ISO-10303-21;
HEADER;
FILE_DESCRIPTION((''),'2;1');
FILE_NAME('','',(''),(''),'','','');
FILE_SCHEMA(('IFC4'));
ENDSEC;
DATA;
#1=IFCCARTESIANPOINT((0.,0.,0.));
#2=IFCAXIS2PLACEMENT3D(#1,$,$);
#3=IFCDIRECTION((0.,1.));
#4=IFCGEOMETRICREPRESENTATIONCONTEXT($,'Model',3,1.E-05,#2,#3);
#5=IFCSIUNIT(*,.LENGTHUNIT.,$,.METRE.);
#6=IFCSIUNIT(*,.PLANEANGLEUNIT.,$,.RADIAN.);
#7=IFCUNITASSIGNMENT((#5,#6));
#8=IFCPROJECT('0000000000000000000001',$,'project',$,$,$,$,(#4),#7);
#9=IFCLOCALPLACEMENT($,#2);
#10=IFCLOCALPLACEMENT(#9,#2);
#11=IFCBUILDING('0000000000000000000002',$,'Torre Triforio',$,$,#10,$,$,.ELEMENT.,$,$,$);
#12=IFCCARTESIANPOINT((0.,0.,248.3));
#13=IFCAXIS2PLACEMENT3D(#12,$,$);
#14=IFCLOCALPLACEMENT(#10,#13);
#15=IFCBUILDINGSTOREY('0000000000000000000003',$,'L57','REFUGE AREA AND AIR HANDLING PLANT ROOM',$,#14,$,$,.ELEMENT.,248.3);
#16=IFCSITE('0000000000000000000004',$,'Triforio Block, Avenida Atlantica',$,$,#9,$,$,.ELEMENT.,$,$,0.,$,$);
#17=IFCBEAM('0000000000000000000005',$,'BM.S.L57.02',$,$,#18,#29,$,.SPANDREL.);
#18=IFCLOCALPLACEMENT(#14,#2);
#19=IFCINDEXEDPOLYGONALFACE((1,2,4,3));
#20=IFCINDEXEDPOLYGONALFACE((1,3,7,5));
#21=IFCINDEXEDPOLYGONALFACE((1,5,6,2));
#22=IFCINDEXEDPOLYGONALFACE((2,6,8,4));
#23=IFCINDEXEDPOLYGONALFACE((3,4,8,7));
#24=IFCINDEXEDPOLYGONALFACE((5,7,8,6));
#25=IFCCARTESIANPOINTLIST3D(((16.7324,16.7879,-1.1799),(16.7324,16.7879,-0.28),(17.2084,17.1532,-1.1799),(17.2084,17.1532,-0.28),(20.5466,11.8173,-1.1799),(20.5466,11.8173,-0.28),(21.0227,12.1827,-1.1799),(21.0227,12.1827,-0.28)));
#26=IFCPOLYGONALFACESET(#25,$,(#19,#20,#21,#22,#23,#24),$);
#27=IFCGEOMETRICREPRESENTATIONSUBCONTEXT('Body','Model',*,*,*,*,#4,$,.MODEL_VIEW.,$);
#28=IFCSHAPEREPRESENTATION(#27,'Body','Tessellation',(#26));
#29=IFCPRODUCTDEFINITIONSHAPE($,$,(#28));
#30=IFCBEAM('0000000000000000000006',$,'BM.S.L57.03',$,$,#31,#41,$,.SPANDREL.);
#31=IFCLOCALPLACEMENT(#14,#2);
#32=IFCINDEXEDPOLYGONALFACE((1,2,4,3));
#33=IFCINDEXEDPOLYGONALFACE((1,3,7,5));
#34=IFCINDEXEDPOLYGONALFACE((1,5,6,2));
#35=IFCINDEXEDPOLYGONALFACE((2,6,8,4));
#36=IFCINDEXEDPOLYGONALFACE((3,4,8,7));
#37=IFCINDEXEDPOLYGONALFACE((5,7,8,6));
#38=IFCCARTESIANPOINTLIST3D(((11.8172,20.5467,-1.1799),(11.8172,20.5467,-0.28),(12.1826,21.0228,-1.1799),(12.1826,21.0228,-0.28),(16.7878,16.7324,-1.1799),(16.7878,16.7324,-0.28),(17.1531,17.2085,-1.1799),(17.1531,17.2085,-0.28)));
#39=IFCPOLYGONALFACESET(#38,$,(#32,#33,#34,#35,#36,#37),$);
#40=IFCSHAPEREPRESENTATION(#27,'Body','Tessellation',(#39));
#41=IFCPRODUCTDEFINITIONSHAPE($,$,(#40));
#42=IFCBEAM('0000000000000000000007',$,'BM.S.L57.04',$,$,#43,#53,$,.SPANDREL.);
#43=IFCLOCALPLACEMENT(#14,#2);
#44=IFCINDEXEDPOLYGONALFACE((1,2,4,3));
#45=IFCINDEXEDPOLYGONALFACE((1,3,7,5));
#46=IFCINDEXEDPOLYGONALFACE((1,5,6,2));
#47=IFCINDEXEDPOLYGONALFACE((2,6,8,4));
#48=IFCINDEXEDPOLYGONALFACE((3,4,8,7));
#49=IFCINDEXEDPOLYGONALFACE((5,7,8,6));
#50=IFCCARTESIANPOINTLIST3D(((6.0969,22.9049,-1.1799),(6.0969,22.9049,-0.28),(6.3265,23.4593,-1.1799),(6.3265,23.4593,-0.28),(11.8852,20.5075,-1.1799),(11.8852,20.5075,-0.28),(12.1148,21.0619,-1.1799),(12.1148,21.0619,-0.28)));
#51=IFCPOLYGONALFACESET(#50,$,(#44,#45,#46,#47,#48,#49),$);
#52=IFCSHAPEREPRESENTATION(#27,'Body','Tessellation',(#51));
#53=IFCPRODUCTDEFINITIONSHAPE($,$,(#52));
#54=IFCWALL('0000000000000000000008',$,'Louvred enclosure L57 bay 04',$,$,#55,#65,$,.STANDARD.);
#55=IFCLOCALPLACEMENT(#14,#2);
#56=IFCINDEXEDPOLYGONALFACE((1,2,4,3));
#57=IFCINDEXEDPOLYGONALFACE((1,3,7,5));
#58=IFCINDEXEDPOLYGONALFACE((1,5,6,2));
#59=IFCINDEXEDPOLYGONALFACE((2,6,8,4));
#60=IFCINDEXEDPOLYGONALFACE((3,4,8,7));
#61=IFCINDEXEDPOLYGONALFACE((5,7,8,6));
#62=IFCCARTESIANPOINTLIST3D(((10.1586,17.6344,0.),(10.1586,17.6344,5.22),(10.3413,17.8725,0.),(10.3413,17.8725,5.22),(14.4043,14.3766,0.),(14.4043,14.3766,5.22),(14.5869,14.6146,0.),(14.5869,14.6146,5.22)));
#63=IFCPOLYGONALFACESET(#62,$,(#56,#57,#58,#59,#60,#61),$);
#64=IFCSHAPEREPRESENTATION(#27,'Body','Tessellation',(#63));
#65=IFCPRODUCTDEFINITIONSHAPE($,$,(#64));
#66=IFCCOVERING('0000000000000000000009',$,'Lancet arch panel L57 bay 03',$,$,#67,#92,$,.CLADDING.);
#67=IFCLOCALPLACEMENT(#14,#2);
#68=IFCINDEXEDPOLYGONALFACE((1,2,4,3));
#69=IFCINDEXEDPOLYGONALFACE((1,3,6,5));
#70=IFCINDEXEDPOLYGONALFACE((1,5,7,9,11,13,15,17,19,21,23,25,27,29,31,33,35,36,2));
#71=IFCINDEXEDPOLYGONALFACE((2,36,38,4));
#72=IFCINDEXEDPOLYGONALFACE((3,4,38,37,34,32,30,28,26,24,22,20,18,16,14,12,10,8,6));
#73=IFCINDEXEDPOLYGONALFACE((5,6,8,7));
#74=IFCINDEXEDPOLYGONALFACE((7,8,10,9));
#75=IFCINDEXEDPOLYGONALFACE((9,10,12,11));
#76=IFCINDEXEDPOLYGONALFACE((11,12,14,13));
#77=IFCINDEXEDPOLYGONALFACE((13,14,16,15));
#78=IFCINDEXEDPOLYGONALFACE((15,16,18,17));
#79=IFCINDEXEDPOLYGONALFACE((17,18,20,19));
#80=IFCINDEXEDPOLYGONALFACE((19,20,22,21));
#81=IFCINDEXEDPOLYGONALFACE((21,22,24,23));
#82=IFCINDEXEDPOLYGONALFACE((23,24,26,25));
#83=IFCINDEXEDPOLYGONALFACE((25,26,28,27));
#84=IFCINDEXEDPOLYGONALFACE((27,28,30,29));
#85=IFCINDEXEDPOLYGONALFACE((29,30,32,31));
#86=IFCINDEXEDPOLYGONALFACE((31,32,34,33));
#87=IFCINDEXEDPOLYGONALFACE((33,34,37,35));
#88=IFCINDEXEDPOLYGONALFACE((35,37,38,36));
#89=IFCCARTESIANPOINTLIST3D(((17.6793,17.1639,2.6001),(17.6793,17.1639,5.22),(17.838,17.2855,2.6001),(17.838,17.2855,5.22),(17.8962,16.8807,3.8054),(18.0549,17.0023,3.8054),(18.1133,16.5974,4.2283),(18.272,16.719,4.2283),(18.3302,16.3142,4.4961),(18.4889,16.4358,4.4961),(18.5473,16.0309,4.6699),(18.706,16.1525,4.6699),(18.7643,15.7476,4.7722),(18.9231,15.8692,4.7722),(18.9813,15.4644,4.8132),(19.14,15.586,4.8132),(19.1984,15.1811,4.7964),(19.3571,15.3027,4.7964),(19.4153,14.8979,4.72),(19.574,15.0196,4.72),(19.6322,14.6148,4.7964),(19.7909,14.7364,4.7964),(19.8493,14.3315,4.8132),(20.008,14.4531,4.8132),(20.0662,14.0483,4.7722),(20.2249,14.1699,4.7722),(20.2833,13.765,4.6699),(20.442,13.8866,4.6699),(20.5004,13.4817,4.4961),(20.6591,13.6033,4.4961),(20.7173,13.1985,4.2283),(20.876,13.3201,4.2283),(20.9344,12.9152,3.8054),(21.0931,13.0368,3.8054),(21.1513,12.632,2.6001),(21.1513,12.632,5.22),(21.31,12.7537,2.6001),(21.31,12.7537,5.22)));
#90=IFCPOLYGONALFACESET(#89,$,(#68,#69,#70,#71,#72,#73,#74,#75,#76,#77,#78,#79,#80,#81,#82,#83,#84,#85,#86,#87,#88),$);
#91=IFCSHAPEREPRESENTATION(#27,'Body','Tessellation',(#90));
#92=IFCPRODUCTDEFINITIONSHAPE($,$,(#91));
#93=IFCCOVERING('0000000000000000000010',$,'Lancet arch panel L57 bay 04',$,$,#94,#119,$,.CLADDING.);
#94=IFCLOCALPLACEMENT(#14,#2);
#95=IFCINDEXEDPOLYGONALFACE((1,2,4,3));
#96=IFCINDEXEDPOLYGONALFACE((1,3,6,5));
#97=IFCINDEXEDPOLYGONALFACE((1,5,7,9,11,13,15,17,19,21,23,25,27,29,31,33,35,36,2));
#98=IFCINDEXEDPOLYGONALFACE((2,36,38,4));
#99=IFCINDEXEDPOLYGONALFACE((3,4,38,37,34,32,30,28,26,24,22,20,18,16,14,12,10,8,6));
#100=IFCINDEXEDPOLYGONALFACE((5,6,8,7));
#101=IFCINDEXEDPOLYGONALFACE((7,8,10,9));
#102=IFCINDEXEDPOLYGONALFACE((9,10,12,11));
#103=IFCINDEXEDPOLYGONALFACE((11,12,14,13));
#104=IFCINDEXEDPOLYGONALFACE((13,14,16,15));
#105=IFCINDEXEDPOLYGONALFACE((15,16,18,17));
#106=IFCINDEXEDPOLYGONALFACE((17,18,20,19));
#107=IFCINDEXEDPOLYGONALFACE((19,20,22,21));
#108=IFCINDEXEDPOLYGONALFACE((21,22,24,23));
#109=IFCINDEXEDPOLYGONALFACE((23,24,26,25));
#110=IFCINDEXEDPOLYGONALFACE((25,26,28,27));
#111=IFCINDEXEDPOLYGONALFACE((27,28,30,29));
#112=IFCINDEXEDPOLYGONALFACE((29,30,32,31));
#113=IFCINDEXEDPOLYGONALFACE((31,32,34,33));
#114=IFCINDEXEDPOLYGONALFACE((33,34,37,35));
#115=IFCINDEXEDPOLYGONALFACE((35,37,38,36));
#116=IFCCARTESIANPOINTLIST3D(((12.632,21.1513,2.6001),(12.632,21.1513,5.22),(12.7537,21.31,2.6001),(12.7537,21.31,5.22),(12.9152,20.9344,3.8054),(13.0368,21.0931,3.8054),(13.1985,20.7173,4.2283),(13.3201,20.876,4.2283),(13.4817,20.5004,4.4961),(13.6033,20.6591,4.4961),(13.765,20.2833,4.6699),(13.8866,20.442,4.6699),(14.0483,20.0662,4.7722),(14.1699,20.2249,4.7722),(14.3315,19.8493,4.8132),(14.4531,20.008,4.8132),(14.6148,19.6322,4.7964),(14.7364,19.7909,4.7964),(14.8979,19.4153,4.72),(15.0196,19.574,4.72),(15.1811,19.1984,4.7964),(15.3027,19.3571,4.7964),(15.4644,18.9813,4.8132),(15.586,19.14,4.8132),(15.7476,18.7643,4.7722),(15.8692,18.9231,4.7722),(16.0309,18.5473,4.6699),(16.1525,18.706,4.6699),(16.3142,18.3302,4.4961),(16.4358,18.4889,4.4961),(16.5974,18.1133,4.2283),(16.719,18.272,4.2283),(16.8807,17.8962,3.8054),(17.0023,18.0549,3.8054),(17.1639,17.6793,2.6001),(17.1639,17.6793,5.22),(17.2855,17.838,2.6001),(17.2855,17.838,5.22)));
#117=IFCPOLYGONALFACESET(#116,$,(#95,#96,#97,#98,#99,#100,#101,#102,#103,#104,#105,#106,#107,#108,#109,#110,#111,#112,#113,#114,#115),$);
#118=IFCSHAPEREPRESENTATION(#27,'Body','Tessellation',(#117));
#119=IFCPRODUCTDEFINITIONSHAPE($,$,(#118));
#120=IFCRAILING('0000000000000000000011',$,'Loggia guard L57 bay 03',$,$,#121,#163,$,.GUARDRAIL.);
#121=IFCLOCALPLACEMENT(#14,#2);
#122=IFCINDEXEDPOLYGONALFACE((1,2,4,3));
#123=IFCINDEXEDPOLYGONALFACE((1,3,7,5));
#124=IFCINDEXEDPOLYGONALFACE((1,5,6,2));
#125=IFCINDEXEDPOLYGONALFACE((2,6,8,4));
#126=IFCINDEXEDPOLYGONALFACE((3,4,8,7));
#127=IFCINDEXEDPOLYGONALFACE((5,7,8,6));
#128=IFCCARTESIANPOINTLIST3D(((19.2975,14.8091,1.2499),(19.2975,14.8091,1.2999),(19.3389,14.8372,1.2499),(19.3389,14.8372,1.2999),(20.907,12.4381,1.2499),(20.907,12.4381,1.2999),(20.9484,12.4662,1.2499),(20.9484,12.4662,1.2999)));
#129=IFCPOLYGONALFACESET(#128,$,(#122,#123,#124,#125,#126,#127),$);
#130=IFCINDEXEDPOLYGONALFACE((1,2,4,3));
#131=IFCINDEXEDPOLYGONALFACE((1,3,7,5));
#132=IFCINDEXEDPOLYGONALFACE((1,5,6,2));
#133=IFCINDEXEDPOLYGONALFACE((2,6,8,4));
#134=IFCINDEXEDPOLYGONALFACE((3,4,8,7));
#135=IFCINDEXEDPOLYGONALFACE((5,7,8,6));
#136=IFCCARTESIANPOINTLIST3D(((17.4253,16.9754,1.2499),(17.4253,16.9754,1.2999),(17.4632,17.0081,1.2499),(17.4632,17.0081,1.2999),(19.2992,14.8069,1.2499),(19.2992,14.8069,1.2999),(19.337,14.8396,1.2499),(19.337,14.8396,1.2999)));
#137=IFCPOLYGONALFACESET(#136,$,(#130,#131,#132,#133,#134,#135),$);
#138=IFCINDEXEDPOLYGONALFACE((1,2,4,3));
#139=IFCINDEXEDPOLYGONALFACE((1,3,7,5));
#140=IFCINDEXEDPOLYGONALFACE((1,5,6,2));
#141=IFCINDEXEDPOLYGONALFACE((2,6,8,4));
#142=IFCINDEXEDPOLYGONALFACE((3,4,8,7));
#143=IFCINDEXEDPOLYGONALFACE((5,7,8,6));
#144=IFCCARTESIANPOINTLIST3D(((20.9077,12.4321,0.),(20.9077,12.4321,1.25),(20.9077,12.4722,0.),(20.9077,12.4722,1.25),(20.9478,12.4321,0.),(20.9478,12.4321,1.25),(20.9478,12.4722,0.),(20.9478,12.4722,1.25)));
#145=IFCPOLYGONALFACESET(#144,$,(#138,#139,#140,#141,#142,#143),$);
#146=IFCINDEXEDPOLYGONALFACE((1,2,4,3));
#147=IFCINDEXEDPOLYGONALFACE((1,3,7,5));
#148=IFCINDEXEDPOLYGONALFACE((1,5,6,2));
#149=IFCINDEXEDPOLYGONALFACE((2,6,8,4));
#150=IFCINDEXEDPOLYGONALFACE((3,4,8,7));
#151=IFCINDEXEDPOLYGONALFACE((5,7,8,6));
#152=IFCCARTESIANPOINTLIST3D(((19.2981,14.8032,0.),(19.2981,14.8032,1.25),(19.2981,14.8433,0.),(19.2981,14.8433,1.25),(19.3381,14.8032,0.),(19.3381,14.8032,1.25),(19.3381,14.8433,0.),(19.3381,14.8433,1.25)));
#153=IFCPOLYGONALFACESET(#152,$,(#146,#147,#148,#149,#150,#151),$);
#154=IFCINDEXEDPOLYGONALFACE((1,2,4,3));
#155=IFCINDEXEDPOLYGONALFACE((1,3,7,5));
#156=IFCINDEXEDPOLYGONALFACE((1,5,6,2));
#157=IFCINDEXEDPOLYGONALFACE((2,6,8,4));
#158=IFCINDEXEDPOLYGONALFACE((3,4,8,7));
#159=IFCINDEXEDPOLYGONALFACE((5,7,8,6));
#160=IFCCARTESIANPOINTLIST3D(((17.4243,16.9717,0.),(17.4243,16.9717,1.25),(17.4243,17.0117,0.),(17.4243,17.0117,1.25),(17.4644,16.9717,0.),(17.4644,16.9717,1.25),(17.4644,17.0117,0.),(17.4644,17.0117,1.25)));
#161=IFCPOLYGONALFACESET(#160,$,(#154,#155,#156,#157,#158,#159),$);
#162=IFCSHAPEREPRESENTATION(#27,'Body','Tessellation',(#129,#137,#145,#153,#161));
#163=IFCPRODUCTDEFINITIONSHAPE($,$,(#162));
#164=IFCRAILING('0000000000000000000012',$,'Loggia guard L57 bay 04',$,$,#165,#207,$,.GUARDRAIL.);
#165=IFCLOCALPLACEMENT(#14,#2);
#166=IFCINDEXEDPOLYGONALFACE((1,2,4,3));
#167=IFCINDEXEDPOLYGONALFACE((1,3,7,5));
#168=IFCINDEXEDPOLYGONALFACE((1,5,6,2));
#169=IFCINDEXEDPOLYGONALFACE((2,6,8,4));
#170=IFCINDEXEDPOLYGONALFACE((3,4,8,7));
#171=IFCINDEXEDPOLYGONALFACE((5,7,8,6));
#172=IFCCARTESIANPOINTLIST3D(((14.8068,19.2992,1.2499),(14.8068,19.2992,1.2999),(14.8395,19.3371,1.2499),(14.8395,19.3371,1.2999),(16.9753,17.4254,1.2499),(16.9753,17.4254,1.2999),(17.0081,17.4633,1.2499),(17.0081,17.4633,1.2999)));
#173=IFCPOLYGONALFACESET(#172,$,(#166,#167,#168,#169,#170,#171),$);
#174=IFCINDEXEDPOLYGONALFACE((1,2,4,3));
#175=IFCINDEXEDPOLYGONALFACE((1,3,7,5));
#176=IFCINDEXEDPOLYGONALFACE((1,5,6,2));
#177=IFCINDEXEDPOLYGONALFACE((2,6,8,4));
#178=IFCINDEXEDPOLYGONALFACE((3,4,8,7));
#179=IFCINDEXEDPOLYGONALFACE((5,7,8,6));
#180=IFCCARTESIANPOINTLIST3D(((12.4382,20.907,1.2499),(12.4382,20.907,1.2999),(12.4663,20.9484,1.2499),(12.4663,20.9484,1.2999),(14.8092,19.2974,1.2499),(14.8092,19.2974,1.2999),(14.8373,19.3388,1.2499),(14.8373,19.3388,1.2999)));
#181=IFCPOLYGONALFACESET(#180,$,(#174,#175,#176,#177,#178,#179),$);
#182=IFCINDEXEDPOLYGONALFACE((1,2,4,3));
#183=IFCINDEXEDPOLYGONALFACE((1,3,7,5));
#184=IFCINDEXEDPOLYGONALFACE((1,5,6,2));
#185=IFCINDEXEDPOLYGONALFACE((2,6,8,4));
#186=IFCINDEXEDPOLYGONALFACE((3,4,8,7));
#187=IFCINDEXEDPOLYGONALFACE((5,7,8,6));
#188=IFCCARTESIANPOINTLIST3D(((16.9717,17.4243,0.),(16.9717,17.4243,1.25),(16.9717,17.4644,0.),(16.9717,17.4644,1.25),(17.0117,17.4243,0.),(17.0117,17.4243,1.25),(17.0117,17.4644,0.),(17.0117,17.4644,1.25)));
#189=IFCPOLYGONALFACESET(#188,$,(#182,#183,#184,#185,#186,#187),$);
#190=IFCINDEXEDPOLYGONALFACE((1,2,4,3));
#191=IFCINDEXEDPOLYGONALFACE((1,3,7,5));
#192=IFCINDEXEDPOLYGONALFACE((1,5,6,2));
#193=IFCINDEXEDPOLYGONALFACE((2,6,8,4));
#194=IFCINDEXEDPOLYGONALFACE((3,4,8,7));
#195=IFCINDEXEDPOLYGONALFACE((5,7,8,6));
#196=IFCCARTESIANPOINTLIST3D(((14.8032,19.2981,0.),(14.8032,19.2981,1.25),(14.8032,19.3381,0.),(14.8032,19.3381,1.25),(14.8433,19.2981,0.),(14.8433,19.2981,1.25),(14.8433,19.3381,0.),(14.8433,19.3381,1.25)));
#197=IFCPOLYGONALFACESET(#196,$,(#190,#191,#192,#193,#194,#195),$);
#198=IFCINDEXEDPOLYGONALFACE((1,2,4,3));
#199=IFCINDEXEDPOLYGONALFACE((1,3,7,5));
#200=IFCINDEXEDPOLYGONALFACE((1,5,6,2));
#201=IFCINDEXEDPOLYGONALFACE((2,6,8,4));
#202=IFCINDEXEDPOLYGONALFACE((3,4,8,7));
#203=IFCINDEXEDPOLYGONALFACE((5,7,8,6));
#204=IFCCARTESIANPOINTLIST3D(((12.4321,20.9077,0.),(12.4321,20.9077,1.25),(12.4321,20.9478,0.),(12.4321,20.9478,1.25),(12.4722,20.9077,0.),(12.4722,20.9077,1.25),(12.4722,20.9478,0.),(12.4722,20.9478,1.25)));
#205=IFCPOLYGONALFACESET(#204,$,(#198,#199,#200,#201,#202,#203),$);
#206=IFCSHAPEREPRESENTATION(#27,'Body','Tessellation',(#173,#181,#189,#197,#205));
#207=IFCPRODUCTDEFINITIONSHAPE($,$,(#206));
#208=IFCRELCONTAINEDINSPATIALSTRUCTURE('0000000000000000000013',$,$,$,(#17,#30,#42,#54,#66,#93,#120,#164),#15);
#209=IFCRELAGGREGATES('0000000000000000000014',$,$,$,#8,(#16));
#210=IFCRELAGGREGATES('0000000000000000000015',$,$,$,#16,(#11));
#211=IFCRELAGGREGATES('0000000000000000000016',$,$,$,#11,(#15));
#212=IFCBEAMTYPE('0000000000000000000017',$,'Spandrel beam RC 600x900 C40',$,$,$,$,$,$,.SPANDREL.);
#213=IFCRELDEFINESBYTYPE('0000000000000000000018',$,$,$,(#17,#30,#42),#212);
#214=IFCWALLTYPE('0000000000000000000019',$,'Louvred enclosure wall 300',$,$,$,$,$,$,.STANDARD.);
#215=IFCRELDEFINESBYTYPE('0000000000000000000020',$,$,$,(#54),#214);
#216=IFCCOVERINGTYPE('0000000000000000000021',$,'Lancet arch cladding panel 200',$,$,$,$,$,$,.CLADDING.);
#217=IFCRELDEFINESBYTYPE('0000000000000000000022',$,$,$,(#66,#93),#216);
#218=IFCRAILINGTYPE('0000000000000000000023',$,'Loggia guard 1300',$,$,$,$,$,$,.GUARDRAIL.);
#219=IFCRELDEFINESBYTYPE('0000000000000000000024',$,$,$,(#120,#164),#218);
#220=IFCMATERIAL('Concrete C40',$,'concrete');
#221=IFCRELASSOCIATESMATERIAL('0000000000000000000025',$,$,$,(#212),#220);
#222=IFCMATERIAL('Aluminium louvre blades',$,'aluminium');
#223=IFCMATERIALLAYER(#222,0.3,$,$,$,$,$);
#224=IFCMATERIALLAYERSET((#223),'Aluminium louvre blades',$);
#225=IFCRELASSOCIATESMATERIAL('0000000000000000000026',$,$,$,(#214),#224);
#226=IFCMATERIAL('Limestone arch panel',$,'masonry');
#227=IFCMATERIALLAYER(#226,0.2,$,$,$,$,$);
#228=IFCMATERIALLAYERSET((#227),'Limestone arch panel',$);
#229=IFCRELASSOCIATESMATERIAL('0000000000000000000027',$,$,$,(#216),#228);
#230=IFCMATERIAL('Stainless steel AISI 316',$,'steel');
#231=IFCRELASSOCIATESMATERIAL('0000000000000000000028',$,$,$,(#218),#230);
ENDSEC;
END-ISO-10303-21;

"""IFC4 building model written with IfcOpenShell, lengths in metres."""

from ifc_helpers import new_model, si_unit, direction, frame, frame_2d, origin, origin_2d, place, context, subcontext, project, spatial, polyline, rectangle, outline, extrude, material, layer, layer_set, material_profile, profile_set, type_object, element, save


model = new_model("IFC4")

# Units and contexts
model_context = context("Model", 3, precision=1e-05, world=origin(), true_north=direction((0.0, 1.0)))
body_context = subcontext(model_context, "Body", "Model", "MODEL_VIEW")
ifc_project = project(units=[si_unit("LENGTHUNIT", "METRE"), si_unit("PLANEANGLEUNIT", "RADIAN")], contexts=[model_context])

# Site, building, storey
site_placement = place(None, origin())
site = spatial("IfcSite", under=ifc_project, at=site_placement, Name="Triforio Block, Avenida Atlantica", CompositionType="ELEMENT", RefElevation=0.0)
building_placement = place(site_placement, origin())
building = spatial("IfcBuilding", under=site, at=building_placement, Name="Torre Triforio", CompositionType="ELEMENT")
storey_placement = place(building_placement, frame((0.0, 0.0, 248.3)))
storey = spatial("IfcBuildingStorey", under=building, at=storey_placement, Name="L57", Description="REFUGE AREA AND AIR HANDLING PLANT ROOM", CompositionType="ELEMENT", Elevation=248.3)

# Beams
ifc_material_1 = material(Name="Concrete C40", Category="concrete")
ifc_material_profile_1 = material_profile(ifc_material_1, rectangle(XDim=0.6001, YDim=0.8999, at=origin_2d()), Name="RC 600x900")
ifc_profile_set_1 = profile_set([ifc_material_profile_1], Name="Concrete C40")
beam_type = type_object("IfcBeamType", Name="Spandrel beam RC 600x900 C40", PredefinedType="SPANDREL", material=ifc_profile_set_1)
for number, where, z_axis, x_axis, name in (
    (1, (20.7847, 12.0, -0.73), (-0.608786, 0.793335, 0.0), (-0.793335, -0.608786, 0.0), "BM.S.L57.02"),
    (2, (16.9705, 16.9705, -0.73), (-0.793335, 0.608786, 0.0), (-0.608786, -0.793335, 0.0), "BM.S.L57.03"),
):
    element("IfcBeam", number, at=place(storey_placement, frame(where, z_axis=z_axis, x_axis=x_axis)), inside=storey, type_object=beam_type, Name=name, PredefinedType="SPANDREL", context=body_context, shape_type="SweptSolid", body=[
        extrude(rectangle(XDim=0.6001, YDim=0.8999, at=origin_2d()), origin(), (0.0, 0.0, 1.0), 6.2654),
    ])
beam_placement = place(storey_placement, frame((12.0, 20.7847, -0.73), z_axis=(-0.923888, 0.382664, 0.0), x_axis=(-0.382664, -0.923888, 0.0)))
element("IfcBeam", 3, at=beam_placement, inside=storey, type_object=beam_type, Name="BM.S.L57.04", PredefinedType="SPANDREL", context=body_context, shape_type="SweptSolid", body=[
    extrude(rectangle(XDim=0.6001, YDim=0.8999, at=origin_2d()), origin(), (0.0, 0.0, 1.0), 6.2651),
])

# Wall
ifc_material_2 = material(Name="Aluminium louvre blades", Category="aluminium")
ifc_layer_1 = layer(ifc_material_2, 0.3)
ifc_layer_set_1 = layer_set([ifc_layer_1], Name="Aluminium louvre blades")
wall_type = type_object("IfcWallType", Name="Louvred enclosure wall 300", PredefinedType="STANDARD", material=ifc_layer_set_1)
wall_placement = place(storey_placement, frame((14.4956, 14.4956, 0.0), z_axis=(0.0, 0.0, 1.0), x_axis=(-0.793349, 0.608767, 0.0)))
element("IfcWall", 4, at=wall_placement, inside=storey, type_object=wall_type, Name="Louvred enclosure L57 bay 04", PredefinedType="STANDARD", context=body_context, shape_type="SweptSolid", body=[
    extrude(rectangle(XDim=5.3516, YDim=0.3, at=frame_2d((2.6758, 0.0))), origin(), (0.0, 0.0, 1.0), 5.22),
])

# Coverings
ifc_material_3 = material(Name="Limestone arch panel", Category="masonry")
ifc_layer_2 = layer(ifc_material_3, 0.2)
ifc_layer_set_2 = layer_set([ifc_layer_2], Name="Limestone arch panel")
covering_type_1 = type_object("IfcCoveringType", Name="Lancet arch cladding panel 200", PredefinedType="CLADDING", material=ifc_layer_set_2)
for number, where, z_axis, x_axis, name in (
    (5, (19.4153, 14.8979, 0.0), (0.793803, 0.608175, 0.0), (-0.608175, 0.793803, 0.0), "Lancet arch panel L57 bay 03"),
    (6, (14.8979, 19.4153, 0.0), (0.608175, 0.793803, 0.0), (-0.793803, 0.608175, 0.0), "Lancet arch panel L57 bay 04"),
):
    element("IfcCovering", number, at=place(storey_placement, frame(where, z_axis=z_axis, x_axis=x_axis)), inside=storey, type_object=covering_type_1, Name=name, PredefinedType="CLADDING", context=body_context, shape_type="SweptSolid", body=[
        extrude(outline(polyline([(-2.8545, 5.22), (-2.8545, 2.6001), (-2.4978, 3.8054), (-2.1409, 4.2283), (-1.7842, 4.4961), (-1.4272, 4.6699), (-1.0703, 4.7722), (-0.7136, 4.8132), (-0.3567, 4.7964), (0.0, 4.72), (0.3567, 4.7964), (0.7136, 4.8132), (1.0703, 4.7722), (1.4272, 4.6699), (1.7842, 4.4961), (2.1409, 4.2283), (2.4978, 3.8054), (2.8545, 2.6001), (2.8545, 5.22), (-2.8545, 5.22)])), origin(), (0.0, 0.0, 1.0), 0.2),
    ])

# Railings
ifc_material_4 = material(Name="Stainless steel AISI 316", Category="steel")
railing_type = type_object("IfcRailingType", Name="Loggia guard 1300", PredefinedType="GUARDRAIL", material=ifc_material_4)
railing_1_placement = place(storey_placement, frame((20.9277, 12.4521, 0.0)))
element("IfcRailing", 7, at=railing_1_placement, inside=storey, type_object=railing_type, Name="Loggia guard L57 bay 03", PredefinedType="GUARDRAIL", context=body_context, shape_type="SweptSolid", body=[
    extrude(rectangle(XDim=0.05, YDim=0.05, at=origin_2d()), frame((0.0, 0.0, 1.2749), z_axis=(-0.56166, 0.827368, 0.0), x_axis=(-0.827368, -0.56166, 0.0)), (0.0, 0.0, 1.0), 2.8657),
    extrude(rectangle(XDim=0.05, YDim=0.05, at=origin_2d()), frame((-1.6096, 2.3711, 1.2749), z_axis=(-0.653824, 0.756647, 0.0), x_axis=(-0.756647, -0.653824, 0.0)), (0.0, 0.0, 1.0), 2.866),
    extrude(rectangle(XDim=0.04, YDim=0.04, at=origin_2d()), origin(), (0.0, 0.0, 1.0), 1.25),
    extrude(rectangle(XDim=0.04, YDim=0.04, at=origin_2d()), frame((-1.6096, 2.3711, 0.0)), (0.0, 0.0, 1.0), 1.25),
    extrude(rectangle(XDim=0.04, YDim=0.04, at=origin_2d()), frame((-3.4834, 4.5396, 0.0)), (0.0, 0.0, 1.0), 1.25),
])
railing_2_placement = place(storey_placement, frame((16.9917, 17.4443, 0.0)))
element("IfcRailing", 8, at=railing_2_placement, inside=storey, type_object=railing_type, Name="Loggia guard L57 bay 04", PredefinedType="GUARDRAIL", context=body_context, shape_type="SweptSolid", body=[
    extrude(rectangle(XDim=0.05, YDim=0.05, at=origin_2d()), frame((0.0, 0.0, 1.2749), z_axis=(-0.756647, 0.653824, 0.0), x_axis=(-0.653824, -0.756647, 0.0)), (0.0, 0.0, 1.0), 2.866),
    extrude(rectangle(XDim=0.05, YDim=0.05, at=origin_2d()), frame((-2.1685, 1.8738, 1.2749), z_axis=(-0.827368, 0.56166, 0.0), x_axis=(-0.56166, -0.827368, 0.0)), (0.0, 0.0, 1.0), 2.8657),
    extrude(rectangle(XDim=0.04, YDim=0.04, at=origin_2d()), origin(), (0.0, 0.0, 1.0), 1.25),
    extrude(rectangle(XDim=0.04, YDim=0.04, at=origin_2d()), frame((-2.1685, 1.8738, 0.0)), (0.0, 0.0, 1.0), 1.25),
    extrude(rectangle(XDim=0.04, YDim=0.04, at=origin_2d()), frame((-4.5396, 3.4834, 0.0)), (0.0, 0.0, 1.0), 1.25),
])

save(model, "model.ifc")
